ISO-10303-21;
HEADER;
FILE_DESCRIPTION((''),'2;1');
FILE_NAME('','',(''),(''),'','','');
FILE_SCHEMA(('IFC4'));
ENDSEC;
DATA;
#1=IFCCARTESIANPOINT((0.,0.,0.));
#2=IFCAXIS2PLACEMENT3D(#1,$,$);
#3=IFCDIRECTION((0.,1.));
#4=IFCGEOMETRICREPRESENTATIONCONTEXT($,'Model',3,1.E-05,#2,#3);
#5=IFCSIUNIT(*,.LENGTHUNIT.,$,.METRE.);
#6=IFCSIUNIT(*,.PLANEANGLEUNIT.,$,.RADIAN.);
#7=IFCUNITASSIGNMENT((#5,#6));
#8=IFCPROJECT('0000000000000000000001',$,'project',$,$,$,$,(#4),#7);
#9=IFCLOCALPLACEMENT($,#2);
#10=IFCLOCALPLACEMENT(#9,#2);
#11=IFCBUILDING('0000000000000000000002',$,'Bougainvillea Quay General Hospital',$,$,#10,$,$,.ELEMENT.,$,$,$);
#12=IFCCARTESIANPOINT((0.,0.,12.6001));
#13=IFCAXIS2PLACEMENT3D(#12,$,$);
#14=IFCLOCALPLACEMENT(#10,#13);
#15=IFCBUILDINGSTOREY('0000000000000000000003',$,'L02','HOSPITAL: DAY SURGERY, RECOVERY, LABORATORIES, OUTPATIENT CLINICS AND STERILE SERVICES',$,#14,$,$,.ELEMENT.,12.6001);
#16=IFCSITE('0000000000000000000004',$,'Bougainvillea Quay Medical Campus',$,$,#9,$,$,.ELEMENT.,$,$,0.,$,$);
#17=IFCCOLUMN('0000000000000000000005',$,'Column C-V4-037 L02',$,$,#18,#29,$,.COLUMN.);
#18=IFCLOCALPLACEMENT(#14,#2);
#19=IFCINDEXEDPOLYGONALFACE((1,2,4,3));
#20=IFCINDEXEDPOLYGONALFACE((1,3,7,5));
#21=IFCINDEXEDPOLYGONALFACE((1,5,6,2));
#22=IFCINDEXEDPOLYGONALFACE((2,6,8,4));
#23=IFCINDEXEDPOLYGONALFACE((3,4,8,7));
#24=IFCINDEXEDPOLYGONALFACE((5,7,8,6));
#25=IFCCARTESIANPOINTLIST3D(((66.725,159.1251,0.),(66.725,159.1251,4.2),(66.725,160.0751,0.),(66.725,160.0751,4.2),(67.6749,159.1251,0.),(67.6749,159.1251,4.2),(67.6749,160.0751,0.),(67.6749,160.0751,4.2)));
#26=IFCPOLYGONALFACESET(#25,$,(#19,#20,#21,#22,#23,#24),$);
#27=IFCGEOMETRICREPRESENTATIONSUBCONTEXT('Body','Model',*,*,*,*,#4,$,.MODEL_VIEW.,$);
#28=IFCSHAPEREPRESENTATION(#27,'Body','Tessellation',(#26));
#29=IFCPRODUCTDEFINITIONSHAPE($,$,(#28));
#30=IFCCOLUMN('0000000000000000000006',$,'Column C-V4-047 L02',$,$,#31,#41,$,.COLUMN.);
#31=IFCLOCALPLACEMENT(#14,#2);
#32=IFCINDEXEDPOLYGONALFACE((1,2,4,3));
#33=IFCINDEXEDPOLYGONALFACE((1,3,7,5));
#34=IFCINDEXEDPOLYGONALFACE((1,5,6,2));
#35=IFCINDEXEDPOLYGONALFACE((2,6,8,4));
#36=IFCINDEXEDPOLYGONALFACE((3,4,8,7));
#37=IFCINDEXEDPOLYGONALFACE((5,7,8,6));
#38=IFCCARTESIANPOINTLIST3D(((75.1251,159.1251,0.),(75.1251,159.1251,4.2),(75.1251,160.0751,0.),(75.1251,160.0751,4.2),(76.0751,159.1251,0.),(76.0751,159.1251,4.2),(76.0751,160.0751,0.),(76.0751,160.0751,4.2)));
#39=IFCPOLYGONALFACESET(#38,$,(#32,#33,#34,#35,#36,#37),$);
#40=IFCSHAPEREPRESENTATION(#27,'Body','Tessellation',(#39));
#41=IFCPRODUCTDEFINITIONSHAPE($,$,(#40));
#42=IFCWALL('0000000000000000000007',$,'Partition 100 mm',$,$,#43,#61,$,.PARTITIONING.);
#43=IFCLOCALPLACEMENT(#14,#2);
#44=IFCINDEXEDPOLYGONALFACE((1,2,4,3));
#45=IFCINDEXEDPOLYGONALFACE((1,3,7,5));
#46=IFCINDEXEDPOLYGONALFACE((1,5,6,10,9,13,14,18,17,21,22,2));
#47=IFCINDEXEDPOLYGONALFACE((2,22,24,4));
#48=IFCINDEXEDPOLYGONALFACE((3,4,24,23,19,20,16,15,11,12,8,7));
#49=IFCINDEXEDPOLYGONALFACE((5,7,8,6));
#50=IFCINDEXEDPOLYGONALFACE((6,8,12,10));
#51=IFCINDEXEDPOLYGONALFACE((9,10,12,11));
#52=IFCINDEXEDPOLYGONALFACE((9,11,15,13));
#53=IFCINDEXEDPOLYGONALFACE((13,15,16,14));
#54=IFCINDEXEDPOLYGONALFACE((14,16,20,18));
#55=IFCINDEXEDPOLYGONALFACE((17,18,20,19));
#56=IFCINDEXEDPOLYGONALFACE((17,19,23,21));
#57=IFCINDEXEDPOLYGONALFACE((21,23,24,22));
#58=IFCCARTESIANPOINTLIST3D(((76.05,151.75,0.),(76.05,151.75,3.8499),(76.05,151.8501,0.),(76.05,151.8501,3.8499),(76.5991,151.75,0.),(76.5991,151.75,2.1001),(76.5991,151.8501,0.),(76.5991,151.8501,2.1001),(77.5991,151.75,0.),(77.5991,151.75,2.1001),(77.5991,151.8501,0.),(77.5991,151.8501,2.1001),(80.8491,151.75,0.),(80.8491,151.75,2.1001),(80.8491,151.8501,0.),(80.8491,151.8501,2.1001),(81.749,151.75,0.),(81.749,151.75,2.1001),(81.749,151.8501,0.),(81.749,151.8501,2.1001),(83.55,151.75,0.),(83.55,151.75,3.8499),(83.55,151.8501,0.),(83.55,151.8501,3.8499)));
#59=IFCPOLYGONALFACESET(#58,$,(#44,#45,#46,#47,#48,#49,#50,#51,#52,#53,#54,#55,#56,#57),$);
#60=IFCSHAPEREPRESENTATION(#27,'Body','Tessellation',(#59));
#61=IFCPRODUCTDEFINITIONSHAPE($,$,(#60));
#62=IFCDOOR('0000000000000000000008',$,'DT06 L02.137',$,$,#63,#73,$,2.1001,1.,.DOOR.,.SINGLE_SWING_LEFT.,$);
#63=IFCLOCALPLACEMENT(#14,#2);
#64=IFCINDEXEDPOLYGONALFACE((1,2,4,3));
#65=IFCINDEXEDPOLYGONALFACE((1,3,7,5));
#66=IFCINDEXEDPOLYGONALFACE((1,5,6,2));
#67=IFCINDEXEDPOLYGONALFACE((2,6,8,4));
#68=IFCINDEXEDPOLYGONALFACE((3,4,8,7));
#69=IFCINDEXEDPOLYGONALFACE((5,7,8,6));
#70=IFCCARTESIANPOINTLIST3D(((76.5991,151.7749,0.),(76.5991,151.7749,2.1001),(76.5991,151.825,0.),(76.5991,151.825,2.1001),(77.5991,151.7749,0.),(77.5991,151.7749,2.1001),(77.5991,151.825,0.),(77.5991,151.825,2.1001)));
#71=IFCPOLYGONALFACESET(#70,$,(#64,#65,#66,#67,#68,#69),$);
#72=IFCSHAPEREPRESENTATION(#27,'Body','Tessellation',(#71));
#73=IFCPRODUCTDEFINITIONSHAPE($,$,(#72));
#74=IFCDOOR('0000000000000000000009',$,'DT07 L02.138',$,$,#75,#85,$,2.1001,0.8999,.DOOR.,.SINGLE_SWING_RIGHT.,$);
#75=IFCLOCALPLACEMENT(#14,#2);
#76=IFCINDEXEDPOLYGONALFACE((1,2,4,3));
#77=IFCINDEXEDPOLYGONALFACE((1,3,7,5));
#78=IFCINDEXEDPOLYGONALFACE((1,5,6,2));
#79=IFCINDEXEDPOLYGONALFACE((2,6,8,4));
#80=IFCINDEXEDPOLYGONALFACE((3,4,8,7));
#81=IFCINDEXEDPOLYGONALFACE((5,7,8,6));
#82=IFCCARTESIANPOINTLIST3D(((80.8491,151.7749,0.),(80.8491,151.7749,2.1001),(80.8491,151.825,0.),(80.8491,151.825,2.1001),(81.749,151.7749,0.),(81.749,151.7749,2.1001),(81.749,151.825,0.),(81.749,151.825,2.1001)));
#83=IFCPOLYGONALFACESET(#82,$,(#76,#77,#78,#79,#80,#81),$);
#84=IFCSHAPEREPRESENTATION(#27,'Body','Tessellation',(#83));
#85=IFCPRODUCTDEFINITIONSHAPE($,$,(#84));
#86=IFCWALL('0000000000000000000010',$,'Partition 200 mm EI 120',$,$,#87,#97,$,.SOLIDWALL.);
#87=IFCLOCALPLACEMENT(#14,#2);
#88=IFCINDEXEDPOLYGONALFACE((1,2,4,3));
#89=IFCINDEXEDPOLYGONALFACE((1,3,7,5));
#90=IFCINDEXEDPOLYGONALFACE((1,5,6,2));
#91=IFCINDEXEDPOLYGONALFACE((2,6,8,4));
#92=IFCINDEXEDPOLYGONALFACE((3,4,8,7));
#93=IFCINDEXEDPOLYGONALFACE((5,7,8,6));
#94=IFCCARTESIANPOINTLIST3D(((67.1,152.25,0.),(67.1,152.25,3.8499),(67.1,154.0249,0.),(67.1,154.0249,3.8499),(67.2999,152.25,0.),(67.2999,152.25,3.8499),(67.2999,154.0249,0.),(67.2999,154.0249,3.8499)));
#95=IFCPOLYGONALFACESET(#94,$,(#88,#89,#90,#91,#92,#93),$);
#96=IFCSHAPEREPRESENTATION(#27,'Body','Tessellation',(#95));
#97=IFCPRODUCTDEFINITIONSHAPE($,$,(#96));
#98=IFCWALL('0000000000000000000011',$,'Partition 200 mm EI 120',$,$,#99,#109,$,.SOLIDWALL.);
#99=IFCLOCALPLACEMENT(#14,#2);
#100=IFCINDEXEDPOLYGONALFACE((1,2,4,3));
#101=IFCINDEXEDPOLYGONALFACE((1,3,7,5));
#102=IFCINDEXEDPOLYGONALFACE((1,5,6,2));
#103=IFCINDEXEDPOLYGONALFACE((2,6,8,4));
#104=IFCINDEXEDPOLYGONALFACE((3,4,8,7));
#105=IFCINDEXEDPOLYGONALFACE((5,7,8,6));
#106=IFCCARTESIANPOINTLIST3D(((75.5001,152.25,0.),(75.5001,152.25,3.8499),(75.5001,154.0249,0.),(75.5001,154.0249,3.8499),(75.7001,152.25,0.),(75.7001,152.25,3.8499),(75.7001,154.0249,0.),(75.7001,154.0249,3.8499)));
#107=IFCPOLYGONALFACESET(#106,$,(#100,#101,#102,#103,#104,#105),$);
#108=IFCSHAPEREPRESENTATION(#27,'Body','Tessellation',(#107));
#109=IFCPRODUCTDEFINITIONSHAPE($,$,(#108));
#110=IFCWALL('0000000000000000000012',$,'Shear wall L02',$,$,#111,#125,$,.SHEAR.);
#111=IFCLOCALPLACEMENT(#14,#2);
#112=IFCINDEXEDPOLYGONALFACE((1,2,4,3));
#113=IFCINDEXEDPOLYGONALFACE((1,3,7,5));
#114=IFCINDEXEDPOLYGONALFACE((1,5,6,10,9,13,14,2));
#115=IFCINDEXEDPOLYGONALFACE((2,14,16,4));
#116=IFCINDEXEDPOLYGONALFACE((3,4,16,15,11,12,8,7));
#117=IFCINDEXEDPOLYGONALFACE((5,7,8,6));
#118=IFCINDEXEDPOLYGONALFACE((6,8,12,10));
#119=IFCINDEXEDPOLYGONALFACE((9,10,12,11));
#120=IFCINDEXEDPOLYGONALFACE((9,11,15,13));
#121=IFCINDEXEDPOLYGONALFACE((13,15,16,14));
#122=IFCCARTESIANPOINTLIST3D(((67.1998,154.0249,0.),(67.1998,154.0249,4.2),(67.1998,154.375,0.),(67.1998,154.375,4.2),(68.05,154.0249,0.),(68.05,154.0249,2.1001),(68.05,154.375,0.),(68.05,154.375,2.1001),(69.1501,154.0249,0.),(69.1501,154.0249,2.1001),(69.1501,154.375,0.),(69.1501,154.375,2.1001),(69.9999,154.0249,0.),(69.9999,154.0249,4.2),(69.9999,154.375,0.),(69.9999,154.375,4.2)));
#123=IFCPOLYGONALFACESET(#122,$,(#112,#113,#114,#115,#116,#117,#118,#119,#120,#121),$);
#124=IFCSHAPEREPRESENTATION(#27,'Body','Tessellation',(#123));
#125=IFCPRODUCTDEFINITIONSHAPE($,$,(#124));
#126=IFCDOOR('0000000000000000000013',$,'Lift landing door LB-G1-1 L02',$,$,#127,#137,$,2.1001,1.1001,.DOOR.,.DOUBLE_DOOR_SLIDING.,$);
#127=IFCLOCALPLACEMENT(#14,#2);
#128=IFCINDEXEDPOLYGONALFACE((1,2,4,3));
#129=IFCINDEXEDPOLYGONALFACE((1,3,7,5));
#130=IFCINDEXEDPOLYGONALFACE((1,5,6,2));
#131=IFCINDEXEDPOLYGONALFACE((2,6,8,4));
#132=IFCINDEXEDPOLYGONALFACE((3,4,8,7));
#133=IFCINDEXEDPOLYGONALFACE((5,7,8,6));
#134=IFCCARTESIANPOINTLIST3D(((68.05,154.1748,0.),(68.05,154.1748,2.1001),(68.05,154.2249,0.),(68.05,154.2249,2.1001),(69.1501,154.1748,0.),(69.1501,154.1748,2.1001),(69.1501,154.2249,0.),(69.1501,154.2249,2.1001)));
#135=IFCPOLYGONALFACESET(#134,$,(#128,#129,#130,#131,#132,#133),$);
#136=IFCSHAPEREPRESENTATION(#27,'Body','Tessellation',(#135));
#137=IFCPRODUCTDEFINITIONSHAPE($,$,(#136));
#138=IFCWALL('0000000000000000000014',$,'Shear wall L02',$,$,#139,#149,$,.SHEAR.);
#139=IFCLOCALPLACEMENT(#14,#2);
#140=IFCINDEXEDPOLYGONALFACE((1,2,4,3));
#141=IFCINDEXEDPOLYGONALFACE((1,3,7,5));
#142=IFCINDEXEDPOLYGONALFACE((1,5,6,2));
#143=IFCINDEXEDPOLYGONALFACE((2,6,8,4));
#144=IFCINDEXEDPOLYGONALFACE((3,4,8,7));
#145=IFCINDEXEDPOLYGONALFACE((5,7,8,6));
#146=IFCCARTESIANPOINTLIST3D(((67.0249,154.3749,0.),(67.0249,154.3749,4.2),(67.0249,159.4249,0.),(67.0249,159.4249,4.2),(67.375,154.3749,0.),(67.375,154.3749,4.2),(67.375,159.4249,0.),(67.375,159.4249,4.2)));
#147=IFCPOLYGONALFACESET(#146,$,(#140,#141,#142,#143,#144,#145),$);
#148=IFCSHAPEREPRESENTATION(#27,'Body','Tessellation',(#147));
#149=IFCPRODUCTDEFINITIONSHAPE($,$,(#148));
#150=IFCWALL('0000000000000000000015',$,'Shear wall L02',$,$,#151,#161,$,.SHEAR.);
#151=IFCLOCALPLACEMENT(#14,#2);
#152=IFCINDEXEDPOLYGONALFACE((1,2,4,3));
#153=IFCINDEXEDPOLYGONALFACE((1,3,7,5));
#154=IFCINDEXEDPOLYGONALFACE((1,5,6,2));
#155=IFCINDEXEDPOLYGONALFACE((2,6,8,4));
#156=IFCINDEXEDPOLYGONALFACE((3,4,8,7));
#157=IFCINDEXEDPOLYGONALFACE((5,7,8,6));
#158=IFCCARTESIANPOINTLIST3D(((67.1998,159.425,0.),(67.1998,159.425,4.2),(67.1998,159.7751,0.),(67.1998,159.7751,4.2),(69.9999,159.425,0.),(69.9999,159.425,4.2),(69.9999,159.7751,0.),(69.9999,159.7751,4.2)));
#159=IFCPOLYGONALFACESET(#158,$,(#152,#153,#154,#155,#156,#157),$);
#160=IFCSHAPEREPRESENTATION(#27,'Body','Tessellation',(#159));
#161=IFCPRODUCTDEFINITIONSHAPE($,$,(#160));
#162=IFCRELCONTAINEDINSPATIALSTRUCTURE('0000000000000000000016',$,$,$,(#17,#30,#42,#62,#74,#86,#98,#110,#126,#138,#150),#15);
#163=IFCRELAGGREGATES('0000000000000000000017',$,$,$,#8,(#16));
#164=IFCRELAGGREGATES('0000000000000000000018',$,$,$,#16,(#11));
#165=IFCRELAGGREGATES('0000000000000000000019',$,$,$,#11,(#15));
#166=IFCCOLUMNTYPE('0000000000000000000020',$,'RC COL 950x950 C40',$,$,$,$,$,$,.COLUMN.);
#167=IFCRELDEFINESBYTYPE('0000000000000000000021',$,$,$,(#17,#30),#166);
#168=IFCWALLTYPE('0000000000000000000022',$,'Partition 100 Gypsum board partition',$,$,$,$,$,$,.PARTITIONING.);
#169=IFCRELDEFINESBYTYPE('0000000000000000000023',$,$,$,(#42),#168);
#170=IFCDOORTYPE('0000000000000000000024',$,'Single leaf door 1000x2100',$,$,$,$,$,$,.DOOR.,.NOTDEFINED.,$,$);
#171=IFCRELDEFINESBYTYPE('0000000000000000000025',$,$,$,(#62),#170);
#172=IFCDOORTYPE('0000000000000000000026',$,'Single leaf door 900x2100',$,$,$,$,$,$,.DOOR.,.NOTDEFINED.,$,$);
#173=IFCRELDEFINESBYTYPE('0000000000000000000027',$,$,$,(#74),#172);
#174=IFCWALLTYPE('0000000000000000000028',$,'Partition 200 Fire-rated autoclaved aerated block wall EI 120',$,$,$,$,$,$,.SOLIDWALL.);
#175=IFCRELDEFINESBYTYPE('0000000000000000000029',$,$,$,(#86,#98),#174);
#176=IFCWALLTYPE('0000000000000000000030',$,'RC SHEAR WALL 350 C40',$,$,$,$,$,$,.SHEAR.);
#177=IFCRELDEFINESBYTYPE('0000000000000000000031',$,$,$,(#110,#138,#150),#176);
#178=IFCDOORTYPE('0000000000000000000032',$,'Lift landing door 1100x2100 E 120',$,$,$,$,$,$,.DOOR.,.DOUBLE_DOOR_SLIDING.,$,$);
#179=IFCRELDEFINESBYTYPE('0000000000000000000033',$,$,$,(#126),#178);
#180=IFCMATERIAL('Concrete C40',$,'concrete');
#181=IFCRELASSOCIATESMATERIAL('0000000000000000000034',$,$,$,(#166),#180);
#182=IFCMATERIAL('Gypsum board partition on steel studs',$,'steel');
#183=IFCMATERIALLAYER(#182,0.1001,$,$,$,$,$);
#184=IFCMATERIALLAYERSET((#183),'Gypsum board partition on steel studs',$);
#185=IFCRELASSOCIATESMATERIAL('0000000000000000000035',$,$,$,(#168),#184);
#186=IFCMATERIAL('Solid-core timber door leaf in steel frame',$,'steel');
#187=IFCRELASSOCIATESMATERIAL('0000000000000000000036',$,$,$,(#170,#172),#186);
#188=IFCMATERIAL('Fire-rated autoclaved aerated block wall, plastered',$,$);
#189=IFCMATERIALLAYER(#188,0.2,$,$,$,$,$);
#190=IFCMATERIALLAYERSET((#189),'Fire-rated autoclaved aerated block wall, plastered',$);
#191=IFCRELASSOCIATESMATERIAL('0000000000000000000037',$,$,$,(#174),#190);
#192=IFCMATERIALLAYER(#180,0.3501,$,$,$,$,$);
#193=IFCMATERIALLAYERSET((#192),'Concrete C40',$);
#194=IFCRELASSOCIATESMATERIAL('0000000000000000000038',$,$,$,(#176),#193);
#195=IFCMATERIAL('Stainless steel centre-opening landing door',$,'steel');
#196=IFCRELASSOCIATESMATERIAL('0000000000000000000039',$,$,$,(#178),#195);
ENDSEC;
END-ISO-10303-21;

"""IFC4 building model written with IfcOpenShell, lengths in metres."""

from ifc_helpers import new_model, si_unit, direction, frame, frame_2d, origin, origin_2d, place, context, subcontext, project, spatial, rectangle, extrude, material, layer, layer_set, material_profile, profile_set, type_object, element, fill, save


model = new_model("IFC4")

# Units and contexts
model_context = context("Model", 3, precision=1e-05, world=origin(), true_north=direction((0.0, 1.0)))
body_context = subcontext(model_context, "Body", "Model", "MODEL_VIEW")
ifc_project = project(units=[si_unit("LENGTHUNIT", "METRE"), si_unit("PLANEANGLEUNIT", "RADIAN")], contexts=[model_context])

# Site, building, storey
site_placement = place(None, origin())
site = spatial("IfcSite", under=ifc_project, at=site_placement, Name="Bougainvillea Quay Medical Campus", CompositionType="ELEMENT", RefElevation=0.0)
building_placement = place(site_placement, origin())
building = spatial("IfcBuilding", under=site, at=building_placement, Name="Bougainvillea Quay General Hospital", CompositionType="ELEMENT")
storey_placement = place(building_placement, frame((0.0, 0.0, 12.6001)))
storey = spatial("IfcBuildingStorey", under=building, at=storey_placement, Name="L02", Description="HOSPITAL: DAY SURGERY, RECOVERY, LABORATORIES, OUTPATIENT CLINICS AND STERILE SERVICES", CompositionType="ELEMENT", Elevation=12.6001)

# Columns
ifc_material_1 = material(Name="Concrete C40", Category="concrete")
ifc_material_profile = material_profile(ifc_material_1, rectangle(XDim=0.95, YDim=0.95, at=origin_2d()))
ifc_profile_set = profile_set([ifc_material_profile], Name="Concrete C40")
column_type = type_object("IfcColumnType", Name="RC COL 950x950 C40", PredefinedType="COLUMN", material=ifc_profile_set)
for number, where, z_axis, x_axis, name in (
    (1, (67.2, 159.6001, 0.0), (0.0, 0.0, 1.0), (1.0, 0.0, 0.0), "Column C-V4-037 L02"),
    (2, (75.6001, 159.6001, 0.0), (0.0, 0.0, 1.0), (1.0, 0.0, 0.0), "Column C-V4-047 L02"),
):
    element("IfcColumn", number, at=place(storey_placement, frame(where, z_axis=z_axis, x_axis=x_axis)), inside=storey, type_object=column_type, Name=name, PredefinedType="COLUMN", context=body_context, shape_type="SweptSolid", body=[
        extrude(rectangle(XDim=0.95, YDim=0.95, at=origin_2d()), origin(), (0.0, 0.0, 1.0), 4.2),
    ])

# Wall, openings, doors
ifc_material_2 = material(Name="Gypsum board partition on steel studs", Category="steel")
ifc_layer_1 = layer(ifc_material_2, 0.1001)
ifc_layer_set_1 = layer_set([ifc_layer_1], Name="Gypsum board partition on steel studs")
wall_type_1 = type_object("IfcWallType", Name="Partition 100 Gypsum board partition", PredefinedType="PARTITIONING", material=ifc_layer_set_1)
wall_1_placement = place(storey_placement, frame((76.05, 151.8, 0.0), z_axis=(0.0, 0.0, 1.0), x_axis=(1.0, 0.0, 0.0)))
wall_1 = element("IfcWall", 3, at=wall_1_placement, inside=storey, type_object=wall_type_1, Name="Partition 100 mm", PredefinedType="PARTITIONING", context=body_context, shape_type="SweptSolid", body=[
    extrude(rectangle(XDim=7.5, YDim=0.1001, at=frame_2d((3.75, 0.0))), origin(), (0.0, 0.0, 1.0), 3.8499),
])
opening_1_placement = place(wall_1_placement, frame((0.5491, 0.0, 0.0)))
opening_1 = element("IfcOpeningElement", 4, at=opening_1_placement, cuts=wall_1, PredefinedType="OPENING", context=body_context, shape_type="SweptSolid", body=[
    extrude(rectangle(XDim=1.0, YDim=2.1001, at=frame_2d((0.5, 1.05))), frame((0.0, 0.0601, 0.0), z_axis=(0.0, -1.0, 0.0), x_axis=(1.0, 0.0, 0.0)), (0.0, 0.0, 1.0), 0.1201),
])
opening_2_placement = place(wall_1_placement, frame((4.7991, 0.0, 0.0)))
opening_2 = element("IfcOpeningElement", 5, at=opening_2_placement, cuts=wall_1, PredefinedType="OPENING", context=body_context, shape_type="SweptSolid", body=[
    extrude(rectangle(XDim=0.8999, YDim=2.1001, at=frame_2d((0.45, 1.05))), frame((0.0, 0.0601, 0.0), z_axis=(0.0, -1.0, 0.0), x_axis=(1.0, 0.0, 0.0)), (0.0, 0.0, 1.0), 0.1201),
])
ifc_material_3 = material(Name="Solid-core timber door leaf in steel frame", Category="steel")
door_type_1 = type_object("IfcDoorType", Name="Single leaf door 1000x2100", OperationType="NOTDEFINED", PredefinedType="DOOR", material=ifc_material_3)
door_1_placement = place(opening_1_placement, origin())
door_1 = element("IfcDoor", 6, at=door_1_placement, inside=storey, type_object=door_type_1, Name="DT06 L02.137", OperationType="SINGLE_SWING_LEFT", OverallHeight=2.1001, OverallWidth=1.0, PredefinedType="DOOR", context=body_context, shape_type="SweptSolid", body=[
    extrude(rectangle(XDim=1.0, YDim=2.1001, at=frame_2d((0.5, 1.05))), frame((0.0, 0.0249, 0.0), z_axis=(0.0, -1.0, 0.0), x_axis=(1.0, 0.0, 0.0)), (0.0, 0.0, 1.0), 0.05),
])
fill(opening_1, door_1)
door_type_2 = type_object("IfcDoorType", Name="Single leaf door 900x2100", OperationType="NOTDEFINED", PredefinedType="DOOR", material=ifc_material_3)
door_2_placement = place(opening_2_placement, origin())
door_2 = element("IfcDoor", 7, at=door_2_placement, inside=storey, type_object=door_type_2, Name="DT07 L02.138", OperationType="SINGLE_SWING_RIGHT", OverallHeight=2.1001, OverallWidth=0.8999, PredefinedType="DOOR", context=body_context, shape_type="SweptSolid", body=[
    extrude(rectangle(XDim=0.8999, YDim=2.1001, at=frame_2d((0.45, 1.05))), frame((0.0, 0.0249, 0.0), z_axis=(0.0, -1.0, 0.0), x_axis=(1.0, 0.0, 0.0)), (0.0, 0.0, 1.0), 0.05),
])
fill(opening_2, door_2)

# Walls
ifc_material_4 = material(Name="Fire-rated autoclaved aerated block wall, plastered")
ifc_layer_2 = layer(ifc_material_4, 0.2)
ifc_layer_set_2 = layer_set([ifc_layer_2], Name="Fire-rated autoclaved aerated block wall, plastered")
wall_type_2 = type_object("IfcWallType", Name="Partition 200 Fire-rated autoclaved aerated block wall EI 120", PredefinedType="SOLIDWALL", material=ifc_layer_set_2)
for number, where, z_axis, x_axis, name in (
    (8, (67.2, 152.25, 0.0), (0.0, 0.0, 1.0), (0.0, 1.0, 0.0), "Partition 200 mm EI 120"),
    (9, (75.6001, 152.25, 0.0), (0.0, 0.0, 1.0), (0.0, 1.0, 0.0), "Partition 200 mm EI 120"),
):
    element("IfcWall", number, at=place(storey_placement, frame(where, z_axis=z_axis, x_axis=x_axis)), inside=storey, type_object=wall_type_2, Name=name, PredefinedType="SOLIDWALL", context=body_context, shape_type="SweptSolid", body=[
        extrude(rectangle(XDim=1.7749, YDim=0.2, at=frame_2d((0.8875, 0.0))), origin(), (0.0, 0.0, 1.0), 3.8499),
    ])

# Wall, opening, door
ifc_layer_3 = layer(ifc_material_1, 0.3501)
ifc_layer_set_3 = layer_set([ifc_layer_3], Name="Concrete C40")
wall_type_3 = type_object("IfcWallType", Name="RC SHEAR WALL 350 C40", PredefinedType="SHEAR", material=ifc_layer_set_3)
wall_2_placement = place(storey_placement, frame((67.2, 154.2, 0.0), z_axis=(0.0, 0.0, 1.0), x_axis=(1.0, 0.0, 0.0)))
wall_2 = element("IfcWall", 10, at=wall_2_placement, inside=storey, type_object=wall_type_3, Name="Shear wall L02", PredefinedType="SHEAR", context=body_context, shape_type="SweptSolid", body=[
    extrude(rectangle(XDim=2.8, YDim=0.3501, at=frame_2d((1.3999, 0.0))), origin(), (0.0, 0.0, 1.0), 4.2),
])
opening_3_placement = place(wall_2_placement, frame((0.8501, 0.0, 0.0)))
opening_3 = element("IfcOpeningElement", 11, at=opening_3_placement, cuts=wall_2, PredefinedType="OPENING", context=body_context, shape_type="SweptSolid", body=[
    extrude(rectangle(XDim=1.1001, YDim=2.1001, at=frame_2d((0.55, 1.05))), frame((0.0, 0.1851, 0.0), z_axis=(0.0, -1.0, 0.0), x_axis=(1.0, 0.0, 0.0)), (0.0, 0.0, 1.0), 0.3701),
])
ifc_material_5 = material(Name="Stainless steel centre-opening landing door", Category="steel")
door_type_3 = type_object("IfcDoorType", Name="Lift landing door 1100x2100 E 120", OperationType="DOUBLE_DOOR_SLIDING", PredefinedType="DOOR", material=ifc_material_5)
door_3_placement = place(opening_3_placement, origin())
door_3 = element("IfcDoor", 12, at=door_3_placement, inside=storey, type_object=door_type_3, Name="Lift landing door LB-G1-1 L02", OperationType="DOUBLE_DOOR_SLIDING", OverallHeight=2.1001, OverallWidth=1.1001, PredefinedType="DOOR", context=body_context, shape_type="SweptSolid", body=[
    extrude(rectangle(XDim=1.1001, YDim=2.1001, at=frame_2d((0.55, 1.05))), frame((0.0, 0.0249, 0.0), z_axis=(0.0, -1.0, 0.0), x_axis=(1.0, 0.0, 0.0)), (0.0, 0.0, 1.0), 0.05),
])
fill(opening_3, door_3)

# Walls
wall_3_placement = place(storey_placement, frame((67.2, 154.375, 0.0), z_axis=(0.0, 0.0, 1.0), x_axis=(0.0, 1.0, 0.0)))
element("IfcWall", 13, at=wall_3_placement, inside=storey, type_object=wall_type_3, Name="Shear wall L02", PredefinedType="SHEAR", context=body_context, shape_type="SweptSolid", body=[
    extrude(rectangle(XDim=5.05, YDim=0.3501, at=frame_2d((2.5249, 0.0))), origin(), (0.0, 0.0, 1.0), 4.2),
])
wall_4_placement = place(storey_placement, frame((67.2, 159.6001, 0.0), z_axis=(0.0, 0.0, 1.0), x_axis=(1.0, 0.0, 0.0)))
element("IfcWall", 14, at=wall_4_placement, inside=storey, type_object=wall_type_3, Name="Shear wall L02", PredefinedType="SHEAR", context=body_context, shape_type="SweptSolid", body=[
    extrude(rectangle(XDim=2.8, YDim=0.3501, at=frame_2d((1.3999, 0.0))), origin(), (0.0, 0.0, 1.0), 4.2),
])

save(model, "model.ifc")
